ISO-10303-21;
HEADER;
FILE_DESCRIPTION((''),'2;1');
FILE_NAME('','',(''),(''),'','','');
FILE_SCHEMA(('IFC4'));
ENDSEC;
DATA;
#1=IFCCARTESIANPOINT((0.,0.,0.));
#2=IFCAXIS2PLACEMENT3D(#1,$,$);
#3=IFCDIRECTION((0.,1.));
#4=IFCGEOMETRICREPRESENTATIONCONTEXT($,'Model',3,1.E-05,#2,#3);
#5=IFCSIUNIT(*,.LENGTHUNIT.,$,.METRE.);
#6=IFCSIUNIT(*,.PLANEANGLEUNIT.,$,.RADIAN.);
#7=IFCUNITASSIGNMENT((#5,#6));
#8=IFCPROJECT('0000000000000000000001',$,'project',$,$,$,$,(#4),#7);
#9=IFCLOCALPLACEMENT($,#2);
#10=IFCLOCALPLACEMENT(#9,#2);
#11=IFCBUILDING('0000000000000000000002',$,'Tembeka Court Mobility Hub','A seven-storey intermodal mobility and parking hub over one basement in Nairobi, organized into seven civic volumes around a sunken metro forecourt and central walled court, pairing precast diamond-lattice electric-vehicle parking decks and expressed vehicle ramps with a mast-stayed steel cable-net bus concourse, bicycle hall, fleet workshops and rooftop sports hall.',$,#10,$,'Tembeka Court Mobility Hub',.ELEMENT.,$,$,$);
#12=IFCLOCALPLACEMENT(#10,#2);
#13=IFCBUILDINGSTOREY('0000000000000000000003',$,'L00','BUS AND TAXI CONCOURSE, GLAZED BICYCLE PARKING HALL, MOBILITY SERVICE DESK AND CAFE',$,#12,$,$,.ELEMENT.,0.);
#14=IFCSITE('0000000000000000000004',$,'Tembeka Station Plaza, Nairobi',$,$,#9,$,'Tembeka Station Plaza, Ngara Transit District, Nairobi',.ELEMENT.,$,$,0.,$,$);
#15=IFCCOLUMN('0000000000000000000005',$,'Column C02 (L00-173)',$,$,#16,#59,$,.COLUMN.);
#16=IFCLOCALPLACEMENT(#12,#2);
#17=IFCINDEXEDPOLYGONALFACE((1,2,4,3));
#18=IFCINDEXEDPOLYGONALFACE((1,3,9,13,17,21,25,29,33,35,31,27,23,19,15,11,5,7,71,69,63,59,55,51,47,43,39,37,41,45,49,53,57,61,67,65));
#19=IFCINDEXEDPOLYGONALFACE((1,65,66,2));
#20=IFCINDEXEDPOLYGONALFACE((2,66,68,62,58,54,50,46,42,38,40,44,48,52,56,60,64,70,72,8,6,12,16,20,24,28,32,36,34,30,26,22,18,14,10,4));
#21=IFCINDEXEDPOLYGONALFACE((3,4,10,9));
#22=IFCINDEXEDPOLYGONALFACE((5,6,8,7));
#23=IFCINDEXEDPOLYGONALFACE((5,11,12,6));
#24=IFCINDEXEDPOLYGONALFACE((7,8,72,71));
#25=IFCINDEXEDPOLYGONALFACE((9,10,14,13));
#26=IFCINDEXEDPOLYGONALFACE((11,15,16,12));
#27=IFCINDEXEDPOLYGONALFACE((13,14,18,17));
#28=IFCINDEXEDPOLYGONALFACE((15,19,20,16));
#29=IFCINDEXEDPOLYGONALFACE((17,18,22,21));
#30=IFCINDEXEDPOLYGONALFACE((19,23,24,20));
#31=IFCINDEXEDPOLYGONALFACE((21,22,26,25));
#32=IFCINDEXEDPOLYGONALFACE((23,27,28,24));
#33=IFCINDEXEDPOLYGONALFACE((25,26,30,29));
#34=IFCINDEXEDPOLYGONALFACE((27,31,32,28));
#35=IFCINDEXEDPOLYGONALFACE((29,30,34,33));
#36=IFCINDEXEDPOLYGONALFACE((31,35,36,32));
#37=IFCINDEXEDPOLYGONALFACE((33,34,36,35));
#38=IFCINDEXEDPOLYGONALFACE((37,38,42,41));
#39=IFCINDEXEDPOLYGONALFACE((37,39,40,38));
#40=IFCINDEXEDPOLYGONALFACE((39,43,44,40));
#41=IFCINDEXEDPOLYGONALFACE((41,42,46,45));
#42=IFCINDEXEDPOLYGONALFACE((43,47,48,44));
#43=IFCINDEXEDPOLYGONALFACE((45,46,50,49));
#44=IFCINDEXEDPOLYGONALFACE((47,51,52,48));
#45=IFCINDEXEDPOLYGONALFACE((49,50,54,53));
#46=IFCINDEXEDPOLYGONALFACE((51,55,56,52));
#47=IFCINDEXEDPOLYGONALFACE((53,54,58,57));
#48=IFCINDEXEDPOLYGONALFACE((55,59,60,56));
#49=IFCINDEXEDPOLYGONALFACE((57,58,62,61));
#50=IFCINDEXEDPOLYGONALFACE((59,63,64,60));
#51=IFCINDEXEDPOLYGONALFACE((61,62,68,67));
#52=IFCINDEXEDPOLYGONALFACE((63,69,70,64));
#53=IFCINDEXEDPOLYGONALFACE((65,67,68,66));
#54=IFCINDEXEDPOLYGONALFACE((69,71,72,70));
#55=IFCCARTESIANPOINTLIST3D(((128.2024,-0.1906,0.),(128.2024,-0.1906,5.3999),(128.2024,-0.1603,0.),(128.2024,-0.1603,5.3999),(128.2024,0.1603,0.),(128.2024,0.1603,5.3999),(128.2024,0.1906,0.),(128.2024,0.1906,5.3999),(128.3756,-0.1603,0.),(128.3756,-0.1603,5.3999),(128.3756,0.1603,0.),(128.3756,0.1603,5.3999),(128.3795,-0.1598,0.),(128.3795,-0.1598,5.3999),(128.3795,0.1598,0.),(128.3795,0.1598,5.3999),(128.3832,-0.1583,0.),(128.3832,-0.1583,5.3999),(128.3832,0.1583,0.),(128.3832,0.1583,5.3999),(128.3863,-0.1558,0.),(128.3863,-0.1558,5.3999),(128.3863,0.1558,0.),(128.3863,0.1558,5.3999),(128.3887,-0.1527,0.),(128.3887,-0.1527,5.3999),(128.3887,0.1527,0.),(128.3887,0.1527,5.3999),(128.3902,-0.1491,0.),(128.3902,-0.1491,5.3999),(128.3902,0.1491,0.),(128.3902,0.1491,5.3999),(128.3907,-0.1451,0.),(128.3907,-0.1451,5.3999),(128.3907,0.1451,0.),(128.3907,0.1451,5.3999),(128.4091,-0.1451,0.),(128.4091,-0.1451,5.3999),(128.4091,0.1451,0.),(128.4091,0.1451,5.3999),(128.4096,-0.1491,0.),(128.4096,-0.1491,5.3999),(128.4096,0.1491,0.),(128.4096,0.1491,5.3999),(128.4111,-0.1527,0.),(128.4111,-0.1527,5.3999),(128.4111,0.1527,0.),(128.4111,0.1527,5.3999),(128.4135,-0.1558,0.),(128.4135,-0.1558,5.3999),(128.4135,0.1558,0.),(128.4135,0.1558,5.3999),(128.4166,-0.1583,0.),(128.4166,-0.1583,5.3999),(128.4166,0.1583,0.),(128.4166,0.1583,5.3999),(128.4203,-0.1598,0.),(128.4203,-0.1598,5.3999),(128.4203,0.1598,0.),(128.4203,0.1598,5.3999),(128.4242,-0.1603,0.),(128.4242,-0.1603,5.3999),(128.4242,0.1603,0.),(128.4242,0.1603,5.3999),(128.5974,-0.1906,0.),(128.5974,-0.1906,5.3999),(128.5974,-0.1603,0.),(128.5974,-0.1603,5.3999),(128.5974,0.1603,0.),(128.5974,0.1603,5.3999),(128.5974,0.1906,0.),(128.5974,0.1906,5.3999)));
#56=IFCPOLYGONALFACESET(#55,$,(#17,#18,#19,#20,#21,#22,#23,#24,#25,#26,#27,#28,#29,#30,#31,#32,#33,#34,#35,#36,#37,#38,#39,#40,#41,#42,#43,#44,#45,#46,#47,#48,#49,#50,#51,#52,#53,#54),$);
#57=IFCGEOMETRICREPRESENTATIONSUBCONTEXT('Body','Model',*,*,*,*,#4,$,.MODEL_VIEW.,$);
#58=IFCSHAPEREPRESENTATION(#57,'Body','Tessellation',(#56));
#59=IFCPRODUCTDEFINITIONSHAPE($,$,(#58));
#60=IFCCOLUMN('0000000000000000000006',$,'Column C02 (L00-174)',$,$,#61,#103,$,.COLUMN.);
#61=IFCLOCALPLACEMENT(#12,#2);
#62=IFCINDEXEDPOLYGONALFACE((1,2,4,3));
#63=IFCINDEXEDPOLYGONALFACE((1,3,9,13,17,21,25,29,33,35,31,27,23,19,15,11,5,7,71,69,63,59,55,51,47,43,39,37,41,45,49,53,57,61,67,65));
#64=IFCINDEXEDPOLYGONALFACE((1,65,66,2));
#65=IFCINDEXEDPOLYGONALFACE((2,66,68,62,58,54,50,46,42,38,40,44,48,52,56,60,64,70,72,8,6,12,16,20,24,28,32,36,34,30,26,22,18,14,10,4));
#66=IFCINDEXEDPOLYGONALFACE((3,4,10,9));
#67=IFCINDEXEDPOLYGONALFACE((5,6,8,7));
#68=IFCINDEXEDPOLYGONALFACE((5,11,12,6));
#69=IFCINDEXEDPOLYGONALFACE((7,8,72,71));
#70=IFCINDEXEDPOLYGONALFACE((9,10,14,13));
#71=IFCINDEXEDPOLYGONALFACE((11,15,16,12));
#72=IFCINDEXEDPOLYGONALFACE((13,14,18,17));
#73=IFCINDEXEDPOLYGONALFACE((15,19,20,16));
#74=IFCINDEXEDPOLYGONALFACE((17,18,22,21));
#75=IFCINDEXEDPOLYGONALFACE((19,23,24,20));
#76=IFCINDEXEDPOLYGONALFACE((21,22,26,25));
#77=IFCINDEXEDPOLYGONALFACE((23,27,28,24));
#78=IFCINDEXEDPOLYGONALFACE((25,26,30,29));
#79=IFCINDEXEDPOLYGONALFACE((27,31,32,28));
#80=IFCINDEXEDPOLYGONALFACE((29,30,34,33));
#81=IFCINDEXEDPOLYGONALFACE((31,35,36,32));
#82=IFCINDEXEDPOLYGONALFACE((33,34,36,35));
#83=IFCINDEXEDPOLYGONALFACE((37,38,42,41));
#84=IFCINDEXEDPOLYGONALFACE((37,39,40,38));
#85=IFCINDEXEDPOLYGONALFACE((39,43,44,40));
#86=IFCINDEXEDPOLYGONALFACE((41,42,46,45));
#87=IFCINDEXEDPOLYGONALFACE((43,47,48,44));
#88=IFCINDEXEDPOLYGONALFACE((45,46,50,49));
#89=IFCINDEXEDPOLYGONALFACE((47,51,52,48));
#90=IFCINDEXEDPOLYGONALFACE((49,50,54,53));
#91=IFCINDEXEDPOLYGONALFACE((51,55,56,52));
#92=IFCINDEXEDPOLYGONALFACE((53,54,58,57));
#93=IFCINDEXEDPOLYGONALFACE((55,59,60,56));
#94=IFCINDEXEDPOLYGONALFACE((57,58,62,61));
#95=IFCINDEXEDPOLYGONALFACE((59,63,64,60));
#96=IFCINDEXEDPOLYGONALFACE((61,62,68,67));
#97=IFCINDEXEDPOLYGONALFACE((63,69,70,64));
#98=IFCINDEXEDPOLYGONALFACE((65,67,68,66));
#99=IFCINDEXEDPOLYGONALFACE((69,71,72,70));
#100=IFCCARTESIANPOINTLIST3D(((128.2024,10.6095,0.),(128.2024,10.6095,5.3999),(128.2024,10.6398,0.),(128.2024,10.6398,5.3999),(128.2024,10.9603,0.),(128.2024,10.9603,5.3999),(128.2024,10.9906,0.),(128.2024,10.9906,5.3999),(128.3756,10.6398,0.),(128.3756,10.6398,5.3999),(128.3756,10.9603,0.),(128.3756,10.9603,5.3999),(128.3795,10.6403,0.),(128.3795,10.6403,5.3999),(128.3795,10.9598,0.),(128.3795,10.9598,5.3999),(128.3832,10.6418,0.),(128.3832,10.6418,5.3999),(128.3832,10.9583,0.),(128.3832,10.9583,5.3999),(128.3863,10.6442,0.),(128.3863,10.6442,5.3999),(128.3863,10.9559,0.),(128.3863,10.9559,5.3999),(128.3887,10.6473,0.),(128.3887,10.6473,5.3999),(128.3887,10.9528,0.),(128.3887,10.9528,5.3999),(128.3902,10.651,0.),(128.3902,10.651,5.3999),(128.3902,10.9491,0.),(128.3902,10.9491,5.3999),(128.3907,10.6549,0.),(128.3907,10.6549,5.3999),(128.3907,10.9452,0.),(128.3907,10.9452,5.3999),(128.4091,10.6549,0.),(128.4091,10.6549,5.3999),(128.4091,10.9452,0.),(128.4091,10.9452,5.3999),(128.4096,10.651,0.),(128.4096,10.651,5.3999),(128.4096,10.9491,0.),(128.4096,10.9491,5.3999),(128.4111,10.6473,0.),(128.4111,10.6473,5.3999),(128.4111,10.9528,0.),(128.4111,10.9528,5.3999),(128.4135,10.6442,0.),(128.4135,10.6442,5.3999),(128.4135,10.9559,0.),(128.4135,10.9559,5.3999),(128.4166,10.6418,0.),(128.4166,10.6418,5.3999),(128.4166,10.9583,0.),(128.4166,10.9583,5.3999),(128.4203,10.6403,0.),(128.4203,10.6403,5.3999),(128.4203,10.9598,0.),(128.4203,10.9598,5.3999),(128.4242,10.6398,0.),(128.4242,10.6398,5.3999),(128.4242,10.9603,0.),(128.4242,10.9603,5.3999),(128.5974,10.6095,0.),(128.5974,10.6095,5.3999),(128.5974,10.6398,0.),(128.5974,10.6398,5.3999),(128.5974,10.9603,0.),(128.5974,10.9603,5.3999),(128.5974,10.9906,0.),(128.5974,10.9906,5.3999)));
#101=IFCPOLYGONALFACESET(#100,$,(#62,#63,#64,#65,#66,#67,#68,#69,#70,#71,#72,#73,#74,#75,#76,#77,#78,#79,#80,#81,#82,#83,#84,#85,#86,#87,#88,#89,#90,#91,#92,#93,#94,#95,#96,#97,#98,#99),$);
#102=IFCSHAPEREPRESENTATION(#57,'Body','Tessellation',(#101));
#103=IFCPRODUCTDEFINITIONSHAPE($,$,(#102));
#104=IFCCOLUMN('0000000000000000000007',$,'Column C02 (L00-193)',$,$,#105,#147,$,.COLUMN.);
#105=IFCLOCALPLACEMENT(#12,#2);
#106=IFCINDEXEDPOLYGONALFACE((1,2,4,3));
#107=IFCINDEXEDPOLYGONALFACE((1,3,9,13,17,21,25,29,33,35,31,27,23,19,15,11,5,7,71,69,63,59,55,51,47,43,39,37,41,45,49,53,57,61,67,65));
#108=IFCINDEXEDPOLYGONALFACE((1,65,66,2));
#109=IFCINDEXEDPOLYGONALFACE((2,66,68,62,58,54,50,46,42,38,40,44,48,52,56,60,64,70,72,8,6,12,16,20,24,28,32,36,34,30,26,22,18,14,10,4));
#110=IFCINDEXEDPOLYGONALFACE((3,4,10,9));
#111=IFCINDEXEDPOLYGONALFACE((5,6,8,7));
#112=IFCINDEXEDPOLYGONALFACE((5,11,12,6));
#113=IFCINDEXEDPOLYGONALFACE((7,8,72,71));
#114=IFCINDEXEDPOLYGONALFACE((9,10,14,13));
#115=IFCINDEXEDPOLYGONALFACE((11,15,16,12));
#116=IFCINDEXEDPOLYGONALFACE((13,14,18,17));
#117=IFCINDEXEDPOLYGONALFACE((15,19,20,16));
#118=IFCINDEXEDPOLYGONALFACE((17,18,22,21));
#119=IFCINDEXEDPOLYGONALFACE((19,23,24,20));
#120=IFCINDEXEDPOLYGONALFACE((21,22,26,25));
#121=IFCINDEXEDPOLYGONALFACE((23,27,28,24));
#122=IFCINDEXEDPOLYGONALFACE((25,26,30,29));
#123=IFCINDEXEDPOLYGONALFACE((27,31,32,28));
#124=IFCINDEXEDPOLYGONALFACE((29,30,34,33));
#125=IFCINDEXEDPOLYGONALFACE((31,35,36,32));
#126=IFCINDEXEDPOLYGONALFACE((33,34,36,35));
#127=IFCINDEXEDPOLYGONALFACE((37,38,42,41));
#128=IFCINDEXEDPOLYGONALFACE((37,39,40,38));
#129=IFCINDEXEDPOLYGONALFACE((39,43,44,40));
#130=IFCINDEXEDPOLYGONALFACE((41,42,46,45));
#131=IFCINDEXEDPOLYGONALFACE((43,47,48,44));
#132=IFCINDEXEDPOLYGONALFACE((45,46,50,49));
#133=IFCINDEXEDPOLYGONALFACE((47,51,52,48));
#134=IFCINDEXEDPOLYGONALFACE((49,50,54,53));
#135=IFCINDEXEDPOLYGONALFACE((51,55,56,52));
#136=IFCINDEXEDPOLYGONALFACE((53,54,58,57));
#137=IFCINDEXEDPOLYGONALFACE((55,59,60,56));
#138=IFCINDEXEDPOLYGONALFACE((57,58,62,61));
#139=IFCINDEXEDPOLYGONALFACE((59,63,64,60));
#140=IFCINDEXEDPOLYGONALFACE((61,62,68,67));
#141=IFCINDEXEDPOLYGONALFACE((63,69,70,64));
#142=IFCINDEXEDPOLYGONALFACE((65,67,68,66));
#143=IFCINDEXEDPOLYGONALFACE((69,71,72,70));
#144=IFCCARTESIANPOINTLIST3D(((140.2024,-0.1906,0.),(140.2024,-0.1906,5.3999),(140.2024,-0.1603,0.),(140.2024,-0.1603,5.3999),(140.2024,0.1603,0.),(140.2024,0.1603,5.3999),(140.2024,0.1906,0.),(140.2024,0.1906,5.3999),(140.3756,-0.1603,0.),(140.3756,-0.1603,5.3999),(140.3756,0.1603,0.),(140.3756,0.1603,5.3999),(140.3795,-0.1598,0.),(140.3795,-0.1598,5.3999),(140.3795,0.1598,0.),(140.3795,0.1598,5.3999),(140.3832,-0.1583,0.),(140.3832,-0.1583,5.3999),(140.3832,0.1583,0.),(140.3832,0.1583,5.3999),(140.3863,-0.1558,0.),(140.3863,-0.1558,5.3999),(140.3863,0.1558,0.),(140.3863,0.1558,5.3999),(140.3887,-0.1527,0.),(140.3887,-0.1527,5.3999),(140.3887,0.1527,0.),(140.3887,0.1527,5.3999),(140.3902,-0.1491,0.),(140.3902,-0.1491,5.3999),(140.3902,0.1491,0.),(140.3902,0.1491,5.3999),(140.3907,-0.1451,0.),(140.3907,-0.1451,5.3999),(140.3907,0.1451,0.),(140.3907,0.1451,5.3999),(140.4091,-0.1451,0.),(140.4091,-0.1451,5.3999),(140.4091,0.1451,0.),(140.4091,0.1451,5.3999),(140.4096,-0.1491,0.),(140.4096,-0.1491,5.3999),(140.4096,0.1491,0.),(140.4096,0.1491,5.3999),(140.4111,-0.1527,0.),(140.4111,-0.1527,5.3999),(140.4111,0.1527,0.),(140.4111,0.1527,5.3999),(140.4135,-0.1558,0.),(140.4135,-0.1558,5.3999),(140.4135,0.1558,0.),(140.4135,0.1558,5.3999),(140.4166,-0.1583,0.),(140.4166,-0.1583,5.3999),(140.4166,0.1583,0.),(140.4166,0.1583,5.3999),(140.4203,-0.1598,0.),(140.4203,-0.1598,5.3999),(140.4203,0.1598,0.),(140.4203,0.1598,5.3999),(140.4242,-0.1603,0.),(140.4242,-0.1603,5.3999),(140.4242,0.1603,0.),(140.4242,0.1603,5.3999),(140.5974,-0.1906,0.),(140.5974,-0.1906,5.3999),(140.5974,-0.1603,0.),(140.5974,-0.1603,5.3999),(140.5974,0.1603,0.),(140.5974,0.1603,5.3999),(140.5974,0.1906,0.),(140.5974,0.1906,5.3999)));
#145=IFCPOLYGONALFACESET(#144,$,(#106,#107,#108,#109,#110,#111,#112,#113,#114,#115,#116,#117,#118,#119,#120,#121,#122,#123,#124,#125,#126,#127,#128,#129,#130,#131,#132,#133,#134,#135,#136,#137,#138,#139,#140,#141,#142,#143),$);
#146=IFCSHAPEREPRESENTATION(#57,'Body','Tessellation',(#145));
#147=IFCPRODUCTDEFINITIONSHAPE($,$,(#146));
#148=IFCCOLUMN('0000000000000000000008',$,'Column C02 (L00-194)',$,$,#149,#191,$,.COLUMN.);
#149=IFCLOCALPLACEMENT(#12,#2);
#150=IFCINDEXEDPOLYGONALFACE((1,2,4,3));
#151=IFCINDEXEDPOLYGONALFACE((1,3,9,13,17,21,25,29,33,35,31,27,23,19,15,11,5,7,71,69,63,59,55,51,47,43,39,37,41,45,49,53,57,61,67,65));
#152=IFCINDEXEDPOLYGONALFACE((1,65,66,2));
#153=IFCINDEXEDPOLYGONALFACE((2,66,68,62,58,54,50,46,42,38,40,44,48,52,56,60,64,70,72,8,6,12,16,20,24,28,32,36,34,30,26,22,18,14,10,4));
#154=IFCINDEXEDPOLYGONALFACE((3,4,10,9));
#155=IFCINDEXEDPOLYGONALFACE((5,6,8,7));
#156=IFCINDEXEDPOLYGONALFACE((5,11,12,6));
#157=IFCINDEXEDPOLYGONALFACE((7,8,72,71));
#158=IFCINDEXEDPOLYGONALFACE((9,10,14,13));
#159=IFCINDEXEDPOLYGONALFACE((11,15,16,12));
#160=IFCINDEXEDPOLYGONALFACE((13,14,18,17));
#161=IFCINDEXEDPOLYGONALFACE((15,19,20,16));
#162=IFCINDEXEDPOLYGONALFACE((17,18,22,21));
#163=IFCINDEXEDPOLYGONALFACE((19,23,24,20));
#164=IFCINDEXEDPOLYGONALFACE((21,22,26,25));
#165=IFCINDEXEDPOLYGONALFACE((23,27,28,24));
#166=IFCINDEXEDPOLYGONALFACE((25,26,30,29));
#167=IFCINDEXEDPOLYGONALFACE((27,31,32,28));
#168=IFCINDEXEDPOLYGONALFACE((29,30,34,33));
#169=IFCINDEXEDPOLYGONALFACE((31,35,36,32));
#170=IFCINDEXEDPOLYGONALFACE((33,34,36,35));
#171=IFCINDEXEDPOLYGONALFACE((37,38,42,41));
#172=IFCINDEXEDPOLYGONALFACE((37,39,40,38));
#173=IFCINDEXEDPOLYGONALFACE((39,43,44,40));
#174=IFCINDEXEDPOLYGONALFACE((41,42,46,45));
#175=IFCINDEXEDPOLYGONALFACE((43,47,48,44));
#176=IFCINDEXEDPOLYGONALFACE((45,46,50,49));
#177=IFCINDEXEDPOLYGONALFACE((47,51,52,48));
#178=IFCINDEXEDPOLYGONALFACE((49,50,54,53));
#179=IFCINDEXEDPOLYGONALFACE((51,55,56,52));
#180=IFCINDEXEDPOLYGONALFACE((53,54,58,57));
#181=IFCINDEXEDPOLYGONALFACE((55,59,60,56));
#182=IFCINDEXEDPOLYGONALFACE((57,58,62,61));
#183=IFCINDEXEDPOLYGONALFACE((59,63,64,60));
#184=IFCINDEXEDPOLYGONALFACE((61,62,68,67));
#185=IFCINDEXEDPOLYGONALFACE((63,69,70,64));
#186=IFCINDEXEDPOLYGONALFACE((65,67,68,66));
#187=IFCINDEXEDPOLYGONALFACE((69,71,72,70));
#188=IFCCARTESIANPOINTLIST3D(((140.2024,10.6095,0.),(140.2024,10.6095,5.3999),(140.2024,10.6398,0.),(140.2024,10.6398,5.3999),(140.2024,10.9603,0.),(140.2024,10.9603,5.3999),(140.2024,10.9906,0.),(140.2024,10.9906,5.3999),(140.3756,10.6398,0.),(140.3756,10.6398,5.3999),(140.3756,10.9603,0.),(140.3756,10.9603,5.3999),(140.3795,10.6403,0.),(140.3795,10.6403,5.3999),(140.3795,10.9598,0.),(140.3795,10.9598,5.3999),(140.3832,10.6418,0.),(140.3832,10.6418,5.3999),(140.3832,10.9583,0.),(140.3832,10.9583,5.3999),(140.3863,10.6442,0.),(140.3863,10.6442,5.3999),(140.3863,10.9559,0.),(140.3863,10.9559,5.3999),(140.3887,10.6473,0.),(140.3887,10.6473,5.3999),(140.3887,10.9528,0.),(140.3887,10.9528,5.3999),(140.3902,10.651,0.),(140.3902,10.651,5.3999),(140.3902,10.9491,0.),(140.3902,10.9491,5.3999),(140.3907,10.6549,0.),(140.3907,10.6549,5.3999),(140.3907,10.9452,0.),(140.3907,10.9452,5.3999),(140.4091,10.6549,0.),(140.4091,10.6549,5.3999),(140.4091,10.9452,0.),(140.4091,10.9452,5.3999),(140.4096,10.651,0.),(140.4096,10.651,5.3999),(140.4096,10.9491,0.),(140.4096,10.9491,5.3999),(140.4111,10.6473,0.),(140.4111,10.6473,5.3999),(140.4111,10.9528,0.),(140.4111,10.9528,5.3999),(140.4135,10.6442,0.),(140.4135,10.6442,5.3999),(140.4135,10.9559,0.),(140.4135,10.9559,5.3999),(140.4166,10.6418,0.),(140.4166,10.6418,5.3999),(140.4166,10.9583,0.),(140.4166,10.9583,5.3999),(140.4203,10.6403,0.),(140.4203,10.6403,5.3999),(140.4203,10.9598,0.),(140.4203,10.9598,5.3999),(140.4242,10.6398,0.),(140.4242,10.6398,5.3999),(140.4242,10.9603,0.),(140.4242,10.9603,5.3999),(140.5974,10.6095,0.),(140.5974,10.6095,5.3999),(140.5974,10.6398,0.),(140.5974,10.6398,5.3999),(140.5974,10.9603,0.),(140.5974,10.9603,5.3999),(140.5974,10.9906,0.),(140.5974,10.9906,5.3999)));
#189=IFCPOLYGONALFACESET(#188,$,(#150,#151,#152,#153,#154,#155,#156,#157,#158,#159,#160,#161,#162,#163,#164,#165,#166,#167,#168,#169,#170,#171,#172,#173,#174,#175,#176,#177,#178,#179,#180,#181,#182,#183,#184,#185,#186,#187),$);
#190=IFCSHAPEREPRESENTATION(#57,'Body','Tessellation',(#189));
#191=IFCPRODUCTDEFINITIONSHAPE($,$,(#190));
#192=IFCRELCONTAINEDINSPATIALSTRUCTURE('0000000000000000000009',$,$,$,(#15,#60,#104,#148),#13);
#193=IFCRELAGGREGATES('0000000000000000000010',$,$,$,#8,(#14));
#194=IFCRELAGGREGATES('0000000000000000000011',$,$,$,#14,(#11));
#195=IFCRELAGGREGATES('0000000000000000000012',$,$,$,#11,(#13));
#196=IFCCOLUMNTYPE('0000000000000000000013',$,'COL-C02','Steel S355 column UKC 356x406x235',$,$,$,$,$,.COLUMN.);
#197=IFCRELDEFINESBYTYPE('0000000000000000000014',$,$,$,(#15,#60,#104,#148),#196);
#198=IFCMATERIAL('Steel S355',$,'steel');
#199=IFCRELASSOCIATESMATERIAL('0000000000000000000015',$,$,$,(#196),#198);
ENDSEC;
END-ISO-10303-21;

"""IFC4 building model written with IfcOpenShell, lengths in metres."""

from ifc_helpers import new_model, si_unit, direction, frame, origin, origin_2d, place, context, subcontext, project, spatial, i_section, extrude, material, material_profile, profile_set, type_object, element, save


model = new_model("IFC4")

# Units and contexts
model_context = context("Model", 3, precision=1e-05, world=origin(), true_north=direction((0.0, 1.0)))
body_context = subcontext(model_context, "Body", "Model", "MODEL_VIEW")
ifc_project = project(units=[si_unit("LENGTHUNIT", "METRE"), si_unit("PLANEANGLEUNIT", "RADIAN")], contexts=[model_context])

# Site, building, storey
site_placement = place(None, origin())
site = spatial("IfcSite", under=ifc_project, at=site_placement, Name="Tembeka Station Plaza, Nairobi", LongName="Tembeka Station Plaza, Ngara Transit District, Nairobi", CompositionType="ELEMENT", RefElevation=0.0)
building_placement = place(site_placement, origin())
building = spatial("IfcBuilding", under=site, at=building_placement, Name="Tembeka Court Mobility Hub", Description="A seven-storey intermodal mobility and parking hub over one basement in Nairobi, organized into seven civic volumes around a sunken metro forecourt and central walled court, pairing precast diamond-lattice electric-vehicle parking decks and expressed vehicle ramps with a mast-stayed steel cable-net bus concourse, bicycle hall, fleet workshops and rooftop sports hall.", LongName="Tembeka Court Mobility Hub", CompositionType="ELEMENT")
storey_placement = place(building_placement, origin())
storey = spatial("IfcBuildingStorey", under=building, at=storey_placement, Name="L00", Description="BUS AND TAXI CONCOURSE, GLAZED BICYCLE PARKING HALL, MOBILITY SERVICE DESK AND CAFE", CompositionType="ELEMENT", Elevation=0.0)

# Columns
ifc_material_1 = material(Name="Steel S355", Category="steel")
ifc_material_profile_1 = material_profile(ifc_material_1, i_section(OverallWidth=0.395, OverallDepth=0.3811, WebThickness=0.0183, FlangeThickness=0.0303, FilletRadius=0.0151, at=origin_2d()), Name="UKC 356x406x235")
ifc_profile_set_1 = profile_set([ifc_material_profile_1], Name="Steel S355")
column_type = type_object("IfcColumnType", Name="COL-C02", Description="Steel S355 column UKC 356x406x235", PredefinedType="COLUMN", material=ifc_profile_set_1)
for number, where, z_axis, x_axis, name in (
    (1, (128.3999, 0.0, 0.0), (0.0, 0.0, 1.0), (1.0, 0.0, 0.0), "Column C02 (L00-173)"),
    (2, (128.3999, 10.8, 0.0), (0.0, 0.0, 1.0), (1.0, 0.0, 0.0), "Column C02 (L00-174)"),
    (3, (140.3999, 0.0, 0.0), (0.0, 0.0, 1.0), (1.0, 0.0, 0.0), "Column C02 (L00-193)"),
    (4, (140.3999, 10.8, 0.0), (0.0, 0.0, 1.0), (1.0, 0.0, 0.0), "Column C02 (L00-194)"),
):
    element("IfcColumn", number, at=place(storey_placement, frame(where, z_axis=z_axis, x_axis=x_axis)), inside=storey, type_object=column_type, Name=name, PredefinedType="COLUMN", context=body_context, shape_type="SweptSolid", body=[
        extrude(i_section(OverallWidth=0.395, OverallDepth=0.3811, WebThickness=0.0183, FlangeThickness=0.0303, FilletRadius=0.0151, at=origin_2d()), origin(), (0.0, 0.0, 1.0), 5.3999),
    ])

save(model, "model.ifc")
